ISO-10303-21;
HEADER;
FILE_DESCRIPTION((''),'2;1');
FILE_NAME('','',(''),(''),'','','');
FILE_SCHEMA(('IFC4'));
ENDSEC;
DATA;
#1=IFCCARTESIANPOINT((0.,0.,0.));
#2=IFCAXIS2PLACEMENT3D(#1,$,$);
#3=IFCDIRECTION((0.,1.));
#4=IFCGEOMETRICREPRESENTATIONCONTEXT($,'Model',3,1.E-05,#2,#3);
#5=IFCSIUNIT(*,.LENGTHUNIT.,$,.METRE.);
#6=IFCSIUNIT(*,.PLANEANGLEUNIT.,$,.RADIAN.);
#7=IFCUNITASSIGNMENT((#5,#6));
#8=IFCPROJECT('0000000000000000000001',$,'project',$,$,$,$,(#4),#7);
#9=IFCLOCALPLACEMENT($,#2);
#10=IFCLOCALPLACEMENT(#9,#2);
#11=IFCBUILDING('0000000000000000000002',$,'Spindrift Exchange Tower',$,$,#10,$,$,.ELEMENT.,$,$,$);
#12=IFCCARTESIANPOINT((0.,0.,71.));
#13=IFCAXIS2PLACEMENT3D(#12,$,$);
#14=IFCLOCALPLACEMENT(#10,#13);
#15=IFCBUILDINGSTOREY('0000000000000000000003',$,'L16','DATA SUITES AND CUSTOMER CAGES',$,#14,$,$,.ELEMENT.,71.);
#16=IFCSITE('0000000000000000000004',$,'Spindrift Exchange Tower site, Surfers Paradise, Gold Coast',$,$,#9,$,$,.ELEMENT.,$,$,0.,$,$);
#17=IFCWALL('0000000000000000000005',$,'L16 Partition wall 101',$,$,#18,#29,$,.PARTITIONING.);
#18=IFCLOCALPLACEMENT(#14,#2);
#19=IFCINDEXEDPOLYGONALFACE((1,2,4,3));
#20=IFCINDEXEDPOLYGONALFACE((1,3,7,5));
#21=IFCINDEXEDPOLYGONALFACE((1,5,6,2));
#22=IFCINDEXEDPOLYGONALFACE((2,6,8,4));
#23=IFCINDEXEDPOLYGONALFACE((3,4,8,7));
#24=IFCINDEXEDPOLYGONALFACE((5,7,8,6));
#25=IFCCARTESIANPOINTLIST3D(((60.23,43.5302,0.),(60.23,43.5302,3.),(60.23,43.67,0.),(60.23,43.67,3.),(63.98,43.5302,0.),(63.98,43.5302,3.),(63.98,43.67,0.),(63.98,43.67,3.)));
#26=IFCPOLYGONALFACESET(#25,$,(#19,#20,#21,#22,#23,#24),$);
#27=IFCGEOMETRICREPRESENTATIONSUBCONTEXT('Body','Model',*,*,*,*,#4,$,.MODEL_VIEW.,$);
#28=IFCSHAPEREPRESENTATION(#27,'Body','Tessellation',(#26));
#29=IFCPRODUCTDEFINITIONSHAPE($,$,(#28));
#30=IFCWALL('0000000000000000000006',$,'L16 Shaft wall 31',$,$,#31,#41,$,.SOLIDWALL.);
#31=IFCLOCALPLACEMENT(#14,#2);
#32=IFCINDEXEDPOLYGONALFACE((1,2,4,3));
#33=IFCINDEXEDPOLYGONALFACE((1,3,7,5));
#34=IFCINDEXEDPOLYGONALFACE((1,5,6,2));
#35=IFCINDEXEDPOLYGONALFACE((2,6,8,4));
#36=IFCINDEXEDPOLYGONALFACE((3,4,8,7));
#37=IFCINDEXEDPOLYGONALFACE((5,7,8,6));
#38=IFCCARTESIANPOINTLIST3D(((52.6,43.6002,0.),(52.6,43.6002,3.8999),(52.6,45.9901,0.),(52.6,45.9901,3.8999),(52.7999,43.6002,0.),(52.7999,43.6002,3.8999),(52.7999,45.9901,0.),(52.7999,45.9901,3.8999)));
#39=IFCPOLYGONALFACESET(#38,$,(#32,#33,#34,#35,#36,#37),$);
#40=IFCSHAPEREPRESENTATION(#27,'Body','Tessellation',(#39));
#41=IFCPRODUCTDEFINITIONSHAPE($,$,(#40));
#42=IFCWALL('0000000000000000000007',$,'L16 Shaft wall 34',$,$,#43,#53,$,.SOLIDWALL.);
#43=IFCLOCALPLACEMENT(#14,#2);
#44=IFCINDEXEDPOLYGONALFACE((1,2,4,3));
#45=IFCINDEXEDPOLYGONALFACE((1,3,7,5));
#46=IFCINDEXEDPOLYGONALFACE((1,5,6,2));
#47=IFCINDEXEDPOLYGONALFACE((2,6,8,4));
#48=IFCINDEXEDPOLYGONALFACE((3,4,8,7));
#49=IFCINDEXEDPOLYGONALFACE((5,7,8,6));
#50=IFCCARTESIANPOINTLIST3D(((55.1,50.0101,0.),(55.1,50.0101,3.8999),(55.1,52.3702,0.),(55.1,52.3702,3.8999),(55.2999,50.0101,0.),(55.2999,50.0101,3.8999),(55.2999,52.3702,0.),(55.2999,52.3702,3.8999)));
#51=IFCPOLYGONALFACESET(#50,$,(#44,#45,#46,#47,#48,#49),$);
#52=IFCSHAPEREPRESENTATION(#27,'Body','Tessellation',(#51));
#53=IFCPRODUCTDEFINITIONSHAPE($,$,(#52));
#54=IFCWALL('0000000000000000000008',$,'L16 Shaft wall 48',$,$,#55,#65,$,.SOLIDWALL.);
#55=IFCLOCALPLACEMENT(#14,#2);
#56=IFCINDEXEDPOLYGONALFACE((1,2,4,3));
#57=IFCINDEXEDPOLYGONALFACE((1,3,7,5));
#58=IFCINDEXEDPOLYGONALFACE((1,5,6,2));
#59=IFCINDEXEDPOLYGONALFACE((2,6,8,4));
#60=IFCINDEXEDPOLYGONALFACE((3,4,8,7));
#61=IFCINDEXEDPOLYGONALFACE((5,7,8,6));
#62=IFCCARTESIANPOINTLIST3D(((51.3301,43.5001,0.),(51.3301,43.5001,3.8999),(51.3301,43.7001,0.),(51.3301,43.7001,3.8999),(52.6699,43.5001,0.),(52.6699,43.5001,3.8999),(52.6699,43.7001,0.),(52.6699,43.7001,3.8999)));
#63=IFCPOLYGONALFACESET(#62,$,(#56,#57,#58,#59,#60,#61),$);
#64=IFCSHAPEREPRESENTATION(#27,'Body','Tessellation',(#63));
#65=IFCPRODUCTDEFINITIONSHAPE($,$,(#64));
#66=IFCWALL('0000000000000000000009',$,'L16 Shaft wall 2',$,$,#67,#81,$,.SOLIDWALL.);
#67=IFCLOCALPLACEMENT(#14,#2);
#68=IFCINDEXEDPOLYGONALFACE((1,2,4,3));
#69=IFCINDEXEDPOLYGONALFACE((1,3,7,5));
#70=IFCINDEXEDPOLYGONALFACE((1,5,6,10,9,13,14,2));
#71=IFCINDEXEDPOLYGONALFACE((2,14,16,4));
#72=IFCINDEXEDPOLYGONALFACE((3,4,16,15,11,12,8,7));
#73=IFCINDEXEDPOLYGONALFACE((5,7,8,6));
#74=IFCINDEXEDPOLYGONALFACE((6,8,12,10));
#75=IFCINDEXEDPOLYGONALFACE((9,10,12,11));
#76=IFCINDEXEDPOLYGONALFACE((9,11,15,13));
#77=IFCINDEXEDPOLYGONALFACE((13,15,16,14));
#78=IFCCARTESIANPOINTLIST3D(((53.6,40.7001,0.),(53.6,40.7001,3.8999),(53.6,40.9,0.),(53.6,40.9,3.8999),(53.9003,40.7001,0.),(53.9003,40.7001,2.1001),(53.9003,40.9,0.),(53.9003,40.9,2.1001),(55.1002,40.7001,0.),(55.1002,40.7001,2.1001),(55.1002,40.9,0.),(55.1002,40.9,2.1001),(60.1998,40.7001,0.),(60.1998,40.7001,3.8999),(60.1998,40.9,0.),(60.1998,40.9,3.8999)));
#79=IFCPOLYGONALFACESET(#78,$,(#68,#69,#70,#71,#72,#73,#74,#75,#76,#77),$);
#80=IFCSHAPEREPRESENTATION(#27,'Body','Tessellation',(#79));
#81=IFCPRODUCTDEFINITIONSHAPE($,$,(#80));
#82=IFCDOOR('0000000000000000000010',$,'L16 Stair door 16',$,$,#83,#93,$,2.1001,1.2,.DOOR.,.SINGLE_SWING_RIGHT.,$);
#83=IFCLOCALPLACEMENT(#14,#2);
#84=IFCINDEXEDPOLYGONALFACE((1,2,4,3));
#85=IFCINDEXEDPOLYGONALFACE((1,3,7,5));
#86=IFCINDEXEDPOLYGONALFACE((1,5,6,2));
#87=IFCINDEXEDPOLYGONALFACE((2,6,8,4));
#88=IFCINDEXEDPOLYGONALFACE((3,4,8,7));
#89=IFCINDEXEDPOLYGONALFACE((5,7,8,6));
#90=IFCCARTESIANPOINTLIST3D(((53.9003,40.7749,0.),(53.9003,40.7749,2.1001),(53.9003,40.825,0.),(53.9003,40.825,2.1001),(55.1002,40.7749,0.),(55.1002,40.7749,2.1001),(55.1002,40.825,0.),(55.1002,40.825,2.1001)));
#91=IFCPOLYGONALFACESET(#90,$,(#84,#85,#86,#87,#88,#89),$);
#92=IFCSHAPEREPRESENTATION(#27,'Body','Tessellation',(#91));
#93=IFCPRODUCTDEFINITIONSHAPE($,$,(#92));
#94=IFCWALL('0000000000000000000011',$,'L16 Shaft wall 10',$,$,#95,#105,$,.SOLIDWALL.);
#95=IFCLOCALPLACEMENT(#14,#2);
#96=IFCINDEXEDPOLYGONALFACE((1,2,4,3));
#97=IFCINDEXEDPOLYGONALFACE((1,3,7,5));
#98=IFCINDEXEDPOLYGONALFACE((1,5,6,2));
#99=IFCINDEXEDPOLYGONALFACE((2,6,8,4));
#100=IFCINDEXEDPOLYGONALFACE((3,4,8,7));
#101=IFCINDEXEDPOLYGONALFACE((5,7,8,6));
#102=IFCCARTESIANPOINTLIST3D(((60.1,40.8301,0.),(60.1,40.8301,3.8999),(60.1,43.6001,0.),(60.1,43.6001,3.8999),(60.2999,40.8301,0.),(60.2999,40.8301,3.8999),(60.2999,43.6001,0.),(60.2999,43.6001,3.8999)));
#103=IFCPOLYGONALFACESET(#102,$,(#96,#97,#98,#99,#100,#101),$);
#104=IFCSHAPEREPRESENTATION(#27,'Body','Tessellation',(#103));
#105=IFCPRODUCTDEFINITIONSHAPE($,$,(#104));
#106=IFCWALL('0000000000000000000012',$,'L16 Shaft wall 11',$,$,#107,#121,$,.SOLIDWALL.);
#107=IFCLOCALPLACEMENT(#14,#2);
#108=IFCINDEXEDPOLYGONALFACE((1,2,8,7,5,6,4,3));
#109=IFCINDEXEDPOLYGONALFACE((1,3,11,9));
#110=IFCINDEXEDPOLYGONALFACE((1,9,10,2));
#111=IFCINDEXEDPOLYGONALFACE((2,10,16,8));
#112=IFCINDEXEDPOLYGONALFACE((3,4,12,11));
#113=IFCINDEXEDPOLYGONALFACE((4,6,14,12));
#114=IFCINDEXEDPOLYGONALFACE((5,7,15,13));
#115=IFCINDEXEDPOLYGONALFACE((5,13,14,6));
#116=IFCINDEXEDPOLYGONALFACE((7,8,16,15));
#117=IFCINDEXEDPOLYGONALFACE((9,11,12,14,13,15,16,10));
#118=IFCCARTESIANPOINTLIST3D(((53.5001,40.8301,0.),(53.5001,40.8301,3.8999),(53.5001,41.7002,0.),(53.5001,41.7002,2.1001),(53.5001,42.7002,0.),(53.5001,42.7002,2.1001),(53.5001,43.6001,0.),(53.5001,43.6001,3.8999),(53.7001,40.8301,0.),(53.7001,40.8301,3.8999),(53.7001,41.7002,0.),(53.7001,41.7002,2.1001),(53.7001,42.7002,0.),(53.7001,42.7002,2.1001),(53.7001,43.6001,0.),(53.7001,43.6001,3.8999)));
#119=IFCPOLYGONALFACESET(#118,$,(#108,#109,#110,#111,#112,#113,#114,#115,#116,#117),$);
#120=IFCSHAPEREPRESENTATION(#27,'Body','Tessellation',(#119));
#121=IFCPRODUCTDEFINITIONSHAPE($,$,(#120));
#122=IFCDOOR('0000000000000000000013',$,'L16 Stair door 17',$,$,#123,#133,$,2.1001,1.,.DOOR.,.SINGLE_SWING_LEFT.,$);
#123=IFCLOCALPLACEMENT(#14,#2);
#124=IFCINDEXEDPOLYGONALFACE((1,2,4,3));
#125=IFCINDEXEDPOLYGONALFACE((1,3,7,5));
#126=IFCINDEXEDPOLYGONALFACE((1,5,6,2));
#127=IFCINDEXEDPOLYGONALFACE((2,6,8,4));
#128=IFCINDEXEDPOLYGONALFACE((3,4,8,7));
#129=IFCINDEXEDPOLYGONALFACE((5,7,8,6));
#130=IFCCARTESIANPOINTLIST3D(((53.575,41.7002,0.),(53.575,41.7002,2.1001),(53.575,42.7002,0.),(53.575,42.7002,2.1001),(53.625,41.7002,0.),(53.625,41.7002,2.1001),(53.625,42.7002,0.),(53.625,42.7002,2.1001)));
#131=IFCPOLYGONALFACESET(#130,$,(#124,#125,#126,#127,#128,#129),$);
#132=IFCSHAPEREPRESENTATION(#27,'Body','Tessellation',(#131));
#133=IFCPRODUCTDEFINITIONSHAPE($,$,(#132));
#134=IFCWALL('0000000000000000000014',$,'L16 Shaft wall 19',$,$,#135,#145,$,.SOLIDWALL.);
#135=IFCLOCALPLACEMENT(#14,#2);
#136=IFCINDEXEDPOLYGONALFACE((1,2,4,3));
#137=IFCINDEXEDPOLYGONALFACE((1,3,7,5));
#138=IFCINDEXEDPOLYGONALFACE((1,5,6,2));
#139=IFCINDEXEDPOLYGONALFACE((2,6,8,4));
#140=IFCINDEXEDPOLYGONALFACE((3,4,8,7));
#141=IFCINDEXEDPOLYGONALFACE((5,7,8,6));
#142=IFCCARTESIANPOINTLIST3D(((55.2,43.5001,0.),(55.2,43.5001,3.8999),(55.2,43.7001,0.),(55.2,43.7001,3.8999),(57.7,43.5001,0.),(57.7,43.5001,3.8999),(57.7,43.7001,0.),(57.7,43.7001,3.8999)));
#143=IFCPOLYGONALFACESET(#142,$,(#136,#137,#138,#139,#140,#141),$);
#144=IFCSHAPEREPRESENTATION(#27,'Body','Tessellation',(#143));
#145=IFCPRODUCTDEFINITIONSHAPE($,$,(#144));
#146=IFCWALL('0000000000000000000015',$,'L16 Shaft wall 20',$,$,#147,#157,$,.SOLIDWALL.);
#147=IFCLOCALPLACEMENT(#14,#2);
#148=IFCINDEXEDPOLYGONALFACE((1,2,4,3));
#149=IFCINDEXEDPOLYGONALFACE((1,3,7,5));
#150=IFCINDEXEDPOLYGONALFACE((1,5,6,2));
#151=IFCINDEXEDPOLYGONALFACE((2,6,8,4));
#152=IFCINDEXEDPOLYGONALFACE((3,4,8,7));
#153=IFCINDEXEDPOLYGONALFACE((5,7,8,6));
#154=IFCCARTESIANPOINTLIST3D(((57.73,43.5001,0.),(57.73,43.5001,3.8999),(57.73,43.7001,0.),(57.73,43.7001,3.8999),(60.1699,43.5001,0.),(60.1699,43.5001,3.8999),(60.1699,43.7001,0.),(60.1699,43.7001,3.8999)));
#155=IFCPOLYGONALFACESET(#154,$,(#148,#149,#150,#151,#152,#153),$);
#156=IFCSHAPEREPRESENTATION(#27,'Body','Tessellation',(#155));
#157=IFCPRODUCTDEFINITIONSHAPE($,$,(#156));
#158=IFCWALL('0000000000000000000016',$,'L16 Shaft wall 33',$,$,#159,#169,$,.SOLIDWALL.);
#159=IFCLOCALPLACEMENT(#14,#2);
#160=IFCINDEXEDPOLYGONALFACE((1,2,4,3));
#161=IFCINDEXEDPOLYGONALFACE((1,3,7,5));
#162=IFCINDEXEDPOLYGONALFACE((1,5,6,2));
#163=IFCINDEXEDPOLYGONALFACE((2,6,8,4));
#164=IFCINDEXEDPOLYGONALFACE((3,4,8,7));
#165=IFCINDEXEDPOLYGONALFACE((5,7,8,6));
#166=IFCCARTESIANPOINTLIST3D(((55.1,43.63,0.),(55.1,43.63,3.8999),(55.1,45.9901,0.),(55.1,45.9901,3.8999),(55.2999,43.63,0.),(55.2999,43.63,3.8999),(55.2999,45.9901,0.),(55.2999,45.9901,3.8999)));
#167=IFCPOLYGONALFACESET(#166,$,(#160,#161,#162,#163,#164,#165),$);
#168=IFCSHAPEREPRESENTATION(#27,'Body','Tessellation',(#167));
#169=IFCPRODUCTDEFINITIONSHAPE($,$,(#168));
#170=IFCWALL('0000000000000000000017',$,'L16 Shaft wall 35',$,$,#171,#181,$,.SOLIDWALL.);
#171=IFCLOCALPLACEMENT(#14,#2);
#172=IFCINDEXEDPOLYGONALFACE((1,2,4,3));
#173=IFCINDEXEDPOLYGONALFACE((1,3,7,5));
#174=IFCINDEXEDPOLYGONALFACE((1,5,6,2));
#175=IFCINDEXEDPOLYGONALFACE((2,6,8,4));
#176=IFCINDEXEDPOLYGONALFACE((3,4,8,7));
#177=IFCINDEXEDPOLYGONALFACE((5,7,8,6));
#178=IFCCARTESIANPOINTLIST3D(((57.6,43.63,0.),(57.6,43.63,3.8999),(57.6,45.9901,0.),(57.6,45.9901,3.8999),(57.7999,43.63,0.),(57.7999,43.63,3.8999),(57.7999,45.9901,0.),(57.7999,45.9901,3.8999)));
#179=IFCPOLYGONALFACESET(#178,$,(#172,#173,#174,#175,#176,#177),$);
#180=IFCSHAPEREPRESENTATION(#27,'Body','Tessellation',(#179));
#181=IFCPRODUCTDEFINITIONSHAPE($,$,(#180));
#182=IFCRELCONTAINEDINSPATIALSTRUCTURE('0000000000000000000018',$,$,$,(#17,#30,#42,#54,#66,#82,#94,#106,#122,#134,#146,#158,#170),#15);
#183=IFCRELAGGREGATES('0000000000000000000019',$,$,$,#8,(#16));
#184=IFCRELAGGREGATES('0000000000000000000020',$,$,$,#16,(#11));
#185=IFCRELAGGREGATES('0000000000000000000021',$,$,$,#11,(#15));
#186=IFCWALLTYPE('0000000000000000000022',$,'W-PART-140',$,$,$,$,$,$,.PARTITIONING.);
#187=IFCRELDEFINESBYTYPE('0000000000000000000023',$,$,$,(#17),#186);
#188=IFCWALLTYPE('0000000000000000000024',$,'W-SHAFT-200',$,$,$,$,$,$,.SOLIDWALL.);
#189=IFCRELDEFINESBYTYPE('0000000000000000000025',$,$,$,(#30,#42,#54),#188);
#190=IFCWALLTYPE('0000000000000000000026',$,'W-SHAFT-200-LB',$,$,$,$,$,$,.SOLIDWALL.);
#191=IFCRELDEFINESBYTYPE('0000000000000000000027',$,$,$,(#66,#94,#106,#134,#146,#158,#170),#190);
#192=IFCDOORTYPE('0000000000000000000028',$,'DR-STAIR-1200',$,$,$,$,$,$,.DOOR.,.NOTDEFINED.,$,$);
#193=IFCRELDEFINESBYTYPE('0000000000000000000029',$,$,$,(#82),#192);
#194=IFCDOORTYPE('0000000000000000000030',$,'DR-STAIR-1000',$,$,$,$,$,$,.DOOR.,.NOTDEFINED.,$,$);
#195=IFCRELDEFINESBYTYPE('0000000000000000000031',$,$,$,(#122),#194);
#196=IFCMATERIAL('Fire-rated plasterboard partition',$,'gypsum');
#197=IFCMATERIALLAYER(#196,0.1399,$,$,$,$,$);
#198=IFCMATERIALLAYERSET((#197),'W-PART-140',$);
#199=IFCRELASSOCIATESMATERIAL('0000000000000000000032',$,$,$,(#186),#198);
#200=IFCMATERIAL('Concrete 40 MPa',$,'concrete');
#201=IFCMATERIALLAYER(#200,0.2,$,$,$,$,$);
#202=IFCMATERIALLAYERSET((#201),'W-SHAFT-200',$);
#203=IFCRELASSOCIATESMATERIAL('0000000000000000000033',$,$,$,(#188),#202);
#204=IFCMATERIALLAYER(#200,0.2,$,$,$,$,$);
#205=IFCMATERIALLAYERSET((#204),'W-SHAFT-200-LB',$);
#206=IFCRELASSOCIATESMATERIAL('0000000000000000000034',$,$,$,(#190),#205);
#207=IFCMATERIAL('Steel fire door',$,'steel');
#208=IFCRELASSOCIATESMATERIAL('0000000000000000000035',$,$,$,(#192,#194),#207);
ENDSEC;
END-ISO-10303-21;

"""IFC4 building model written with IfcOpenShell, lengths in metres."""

from ifc_helpers import new_model, si_unit, direction, frame, frame_2d, origin, place, context, subcontext, project, spatial, rectangle, extrude, source, transform, mapped, material, layer, layer_set, type_object, element, fill, save


model = new_model("IFC4")

# Units and contexts
model_context = context("Model", 3, precision=1e-05, world=origin(), true_north=direction((0.0, 1.0)))
body_context = subcontext(model_context, "Body", "Model", "MODEL_VIEW")
ifc_project = project(units=[si_unit("LENGTHUNIT", "METRE"), si_unit("PLANEANGLEUNIT", "RADIAN")], contexts=[model_context])

# Site, building, storey
site_placement = place(None, origin())
site = spatial("IfcSite", under=ifc_project, at=site_placement, Name="Spindrift Exchange Tower site, Surfers Paradise, Gold Coast", CompositionType="ELEMENT", RefElevation=0.0)
building_placement = place(site_placement, origin())
building = spatial("IfcBuilding", under=site, at=building_placement, Name="Spindrift Exchange Tower", CompositionType="ELEMENT")
storey_placement = place(building_placement, frame((0.0, 0.0, 71.0)))
storey = spatial("IfcBuildingStorey", under=building, at=storey_placement, Name="L16", Description="DATA SUITES AND CUSTOMER CAGES", CompositionType="ELEMENT", Elevation=71.0)

# Shared definitions
ifc_material_1 = material(Name="Fire-rated plasterboard partition", Category="gypsum")

# Walls
ifc_layer_1 = layer(ifc_material_1, 0.1399)
ifc_layer_set_1 = layer_set([ifc_layer_1], Name="W-PART-140")
wall_type_1 = type_object("IfcWallType", Name="W-PART-140", PredefinedType="PARTITIONING", material=ifc_layer_set_1)
wall_1_placement = place(storey_placement, frame((60.23, 43.6001, 0.0), z_axis=(0.0, 0.0, 1.0), x_axis=(1.0, 0.0, 0.0)))
element("IfcWall", 1, at=wall_1_placement, inside=storey, type_object=wall_type_1, Name="L16 Partition wall 101", PredefinedType="PARTITIONING", context=body_context, shape_type="SweptSolid", body=[
    extrude(rectangle(XDim=3.75, YDim=0.1399, at=frame_2d((1.875, 0.0))), origin(), (0.0, 0.0, 1.0), 3.0),
])
ifc_material_2 = material(Name="Concrete 40 MPa", Category="concrete")
ifc_layer_2 = layer(ifc_material_2, 0.2)
ifc_layer_set_2 = layer_set([ifc_layer_2], Name="W-SHAFT-200")
wall_type_2 = type_object("IfcWallType", Name="W-SHAFT-200", PredefinedType="SOLIDWALL", material=ifc_layer_set_2)
wall_2_placement = place(storey_placement, frame((52.7, 45.99, 0.0), z_axis=(0.0, 0.0, 1.0), x_axis=(0.0, -1.0, 0.0)))
element("IfcWall", 2, at=wall_2_placement, inside=storey, type_object=wall_type_2, Name="L16 Shaft wall 31", PredefinedType="SOLIDWALL", context=body_context, shape_type="SweptSolid", body=[
    extrude(rectangle(XDim=2.3899, YDim=0.2, at=frame_2d((1.1948, 0.0))), origin(), (0.0, 0.0, 1.0), 3.8999),
])
wall_3_placement = place(storey_placement, frame((55.2, 50.01, 0.0), z_axis=(0.0, 0.0, 1.0), x_axis=(0.0, 1.0, 0.0)))
element("IfcWall", 3, at=wall_3_placement, inside=storey, type_object=wall_type_2, Name="L16 Shaft wall 34", PredefinedType="SOLIDWALL", context=body_context, shape_type="SweptSolid", body=[
    extrude(rectangle(XDim=2.3601, YDim=0.2, at=frame_2d((1.1802, 0.0))), origin(), (0.0, 0.0, 1.0), 3.8999),
])
wall_4_placement = place(storey_placement, frame((52.6699, 43.6001, 0.0), z_axis=(0.0, 0.0, 1.0), x_axis=(-1.0, 0.0, 0.0)))
element("IfcWall", 4, at=wall_4_placement, inside=storey, type_object=wall_type_2, Name="L16 Shaft wall 48", PredefinedType="SOLIDWALL", context=body_context, shape_type="SweptSolid", body=[
    extrude(rectangle(XDim=1.3398, YDim=0.2, at=frame_2d((0.6699, 0.0))), origin(), (0.0, 0.0, 1.0), 3.8999),
])

# Wall, opening, door
ifc_layer_3 = layer(ifc_material_2, 0.2)
ifc_layer_set_3 = layer_set([ifc_layer_3], Name="W-SHAFT-200-LB")
wall_type_3 = type_object("IfcWallType", Name="W-SHAFT-200-LB", PredefinedType="SOLIDWALL", material=ifc_layer_set_3)
wall_5_placement = place(storey_placement, frame((53.6001, 40.8, 0.0), z_axis=(0.0, 0.0, 1.0), x_axis=(1.0, 0.0, 0.0)))
wall_5 = element("IfcWall", 5, at=wall_5_placement, inside=storey, type_object=wall_type_3, Name="L16 Shaft wall 2", PredefinedType="SOLIDWALL", context=body_context, shape_type="SweptSolid", body=[
    extrude(rectangle(XDim=6.5999, YDim=0.2, at=frame_2d((3.2998, 0.0))), origin(), (0.0, 0.0, 1.0), 3.8999),
])
opening_1_placement = place(wall_5_placement, frame((0.3, 0.0, 0.0)))
opening_1 = element("IfcOpeningElement", 6, at=opening_1_placement, cuts=wall_5, PredefinedType="OPENING", context=body_context, shape_type="SweptSolid", body=[
    extrude(rectangle(XDim=1.2, YDim=2.1001, at=frame_2d((0.6001, 1.05))), frame((0.0, 0.1099, 0.0), z_axis=(0.0, -1.0, 0.0), x_axis=(1.0, 0.0, 0.0)), (0.0, 0.0, 1.0), 0.22),
])
ifc_material_3 = material(Name="Steel fire door", Category="steel")
door_type_1 = type_object("IfcDoorType", Name="DR-STAIR-1200", OperationType="NOTDEFINED", PredefinedType="DOOR", material=ifc_material_3)
shared_shape_1 = source(origin(), body_context, "Body", "SweptSolid", [
    extrude(rectangle(XDim=1.2, YDim=2.1001, at=frame_2d((0.6001, 1.05))), frame((0.0, 0.0249, 0.0), z_axis=(0.0, -1.0, 0.0), x_axis=(1.0, 0.0, 0.0)), (0.0, 0.0, 1.0), 0.05),
])
door_1_placement = place(opening_1_placement, origin())
door_1 = element("IfcDoor", 7, at=door_1_placement, inside=storey, type_object=door_type_1, Name="L16 Stair door 16", OperationType="SINGLE_SWING_RIGHT", OverallHeight=2.1001, OverallWidth=1.2, PredefinedType="DOOR", context=body_context, shape_type="MappedRepresentation", body=[
    mapped(shared_shape_1, transform((0.0, 0.0, 0.0), scale=1.0)),
])
fill(opening_1, door_1)

# Wall
wall_6_placement = place(storey_placement, frame((60.2, 40.8301, 0.0), z_axis=(0.0, 0.0, 1.0), x_axis=(0.0, 1.0, 0.0)))
element("IfcWall", 8, at=wall_6_placement, inside=storey, type_object=wall_type_3, Name="L16 Shaft wall 10", PredefinedType="SOLIDWALL", context=body_context, shape_type="SweptSolid", body=[
    extrude(rectangle(XDim=2.77, YDim=0.2, at=frame_2d((1.385, 0.0))), origin(), (0.0, 0.0, 1.0), 3.8999),
])

# Wall, opening, door
wall_7_placement = place(storey_placement, frame((53.6001, 43.6001, 0.0), z_axis=(0.0, 0.0, 1.0), x_axis=(0.0, -1.0, 0.0)))
wall_7 = element("IfcWall", 9, at=wall_7_placement, inside=storey, type_object=wall_type_3, Name="L16 Shaft wall 11", PredefinedType="SOLIDWALL", context=body_context, shape_type="SweptSolid", body=[
    extrude(rectangle(XDim=2.77, YDim=0.2, at=frame_2d((1.385, 0.0))), origin(), (0.0, 0.0, 1.0), 3.8999),
])
opening_2_placement = place(wall_7_placement, frame((0.8999, 0.0, 0.0)))
opening_2 = element("IfcOpeningElement", 10, at=opening_2_placement, cuts=wall_7, PredefinedType="OPENING", context=body_context, shape_type="SweptSolid", body=[
    extrude(rectangle(XDim=1.0, YDim=2.1001, at=frame_2d((0.5, 1.05))), frame((0.0, 0.1099, 0.0), z_axis=(0.0, -1.0, 0.0), x_axis=(1.0, 0.0, 0.0)), (0.0, 0.0, 1.0), 0.22),
])
door_type_2 = type_object("IfcDoorType", Name="DR-STAIR-1000", OperationType="NOTDEFINED", PredefinedType="DOOR", material=ifc_material_3)
shared_shape_2 = source(origin(), body_context, "Body", "SweptSolid", [
    extrude(rectangle(XDim=1.0, YDim=2.1001, at=frame_2d((0.5, 1.05))), frame((0.0, 0.0249, 0.0), z_axis=(0.0, -1.0, 0.0), x_axis=(1.0, 0.0, 0.0)), (0.0, 0.0, 1.0), 0.05),
])
door_2_placement = place(opening_2_placement, origin())
door_2 = element("IfcDoor", 11, at=door_2_placement, inside=storey, type_object=door_type_2, Name="L16 Stair door 17", OperationType="SINGLE_SWING_LEFT", OverallHeight=2.1001, OverallWidth=1.0, PredefinedType="DOOR", context=body_context, shape_type="MappedRepresentation", body=[
    mapped(shared_shape_2, transform((0.0, 0.0, 0.0), scale=1.0)),
])
fill(opening_2, door_2)

# Walls
wall_8_placement = place(storey_placement, frame((55.2, 43.6001, 0.0), z_axis=(0.0, 0.0, 1.0), x_axis=(1.0, 0.0, 0.0)))
element("IfcWall", 12, at=wall_8_placement, inside=storey, type_object=wall_type_3, Name="L16 Shaft wall 19", PredefinedType="SOLIDWALL", context=body_context, shape_type="SweptSolid", body=[
    extrude(rectangle(XDim=2.5, YDim=0.2, at=frame_2d((1.25, 0.0))), origin(), (0.0, 0.0, 1.0), 3.8999),
])
wall_9_placement = place(storey_placement, frame((57.73, 43.6001, 0.0), z_axis=(0.0, 0.0, 1.0), x_axis=(1.0, 0.0, 0.0)))
element("IfcWall", 13, at=wall_9_placement, inside=storey, type_object=wall_type_3, Name="L16 Shaft wall 20", PredefinedType="SOLIDWALL", context=body_context, shape_type="SweptSolid", body=[
    extrude(rectangle(XDim=2.4399, YDim=0.2, at=frame_2d((1.22, 0.0))), origin(), (0.0, 0.0, 1.0), 3.8999),
])
for number, where, z_axis, x_axis, name in (
    (14, (55.2, 43.6299, 0.0), (0.0, 0.0, 1.0), (0.0, 1.0, 0.0), "L16 Shaft wall 33"),
    (15, (57.7, 43.6299, 0.0), (0.0, 0.0, 1.0), (0.0, 1.0, 0.0), "L16 Shaft wall 35"),
):
    element("IfcWall", number, at=place(storey_placement, frame(where, z_axis=z_axis, x_axis=x_axis)), inside=storey, type_object=wall_type_3, Name=name, PredefinedType="SOLIDWALL", context=body_context, shape_type="SweptSolid", body=[
        extrude(rectangle(XDim=2.3601, YDim=0.2, at=frame_2d((1.1802, 0.0))), origin(), (0.0, 0.0, 1.0), 3.8999),
    ])

save(model, "model.ifc")
